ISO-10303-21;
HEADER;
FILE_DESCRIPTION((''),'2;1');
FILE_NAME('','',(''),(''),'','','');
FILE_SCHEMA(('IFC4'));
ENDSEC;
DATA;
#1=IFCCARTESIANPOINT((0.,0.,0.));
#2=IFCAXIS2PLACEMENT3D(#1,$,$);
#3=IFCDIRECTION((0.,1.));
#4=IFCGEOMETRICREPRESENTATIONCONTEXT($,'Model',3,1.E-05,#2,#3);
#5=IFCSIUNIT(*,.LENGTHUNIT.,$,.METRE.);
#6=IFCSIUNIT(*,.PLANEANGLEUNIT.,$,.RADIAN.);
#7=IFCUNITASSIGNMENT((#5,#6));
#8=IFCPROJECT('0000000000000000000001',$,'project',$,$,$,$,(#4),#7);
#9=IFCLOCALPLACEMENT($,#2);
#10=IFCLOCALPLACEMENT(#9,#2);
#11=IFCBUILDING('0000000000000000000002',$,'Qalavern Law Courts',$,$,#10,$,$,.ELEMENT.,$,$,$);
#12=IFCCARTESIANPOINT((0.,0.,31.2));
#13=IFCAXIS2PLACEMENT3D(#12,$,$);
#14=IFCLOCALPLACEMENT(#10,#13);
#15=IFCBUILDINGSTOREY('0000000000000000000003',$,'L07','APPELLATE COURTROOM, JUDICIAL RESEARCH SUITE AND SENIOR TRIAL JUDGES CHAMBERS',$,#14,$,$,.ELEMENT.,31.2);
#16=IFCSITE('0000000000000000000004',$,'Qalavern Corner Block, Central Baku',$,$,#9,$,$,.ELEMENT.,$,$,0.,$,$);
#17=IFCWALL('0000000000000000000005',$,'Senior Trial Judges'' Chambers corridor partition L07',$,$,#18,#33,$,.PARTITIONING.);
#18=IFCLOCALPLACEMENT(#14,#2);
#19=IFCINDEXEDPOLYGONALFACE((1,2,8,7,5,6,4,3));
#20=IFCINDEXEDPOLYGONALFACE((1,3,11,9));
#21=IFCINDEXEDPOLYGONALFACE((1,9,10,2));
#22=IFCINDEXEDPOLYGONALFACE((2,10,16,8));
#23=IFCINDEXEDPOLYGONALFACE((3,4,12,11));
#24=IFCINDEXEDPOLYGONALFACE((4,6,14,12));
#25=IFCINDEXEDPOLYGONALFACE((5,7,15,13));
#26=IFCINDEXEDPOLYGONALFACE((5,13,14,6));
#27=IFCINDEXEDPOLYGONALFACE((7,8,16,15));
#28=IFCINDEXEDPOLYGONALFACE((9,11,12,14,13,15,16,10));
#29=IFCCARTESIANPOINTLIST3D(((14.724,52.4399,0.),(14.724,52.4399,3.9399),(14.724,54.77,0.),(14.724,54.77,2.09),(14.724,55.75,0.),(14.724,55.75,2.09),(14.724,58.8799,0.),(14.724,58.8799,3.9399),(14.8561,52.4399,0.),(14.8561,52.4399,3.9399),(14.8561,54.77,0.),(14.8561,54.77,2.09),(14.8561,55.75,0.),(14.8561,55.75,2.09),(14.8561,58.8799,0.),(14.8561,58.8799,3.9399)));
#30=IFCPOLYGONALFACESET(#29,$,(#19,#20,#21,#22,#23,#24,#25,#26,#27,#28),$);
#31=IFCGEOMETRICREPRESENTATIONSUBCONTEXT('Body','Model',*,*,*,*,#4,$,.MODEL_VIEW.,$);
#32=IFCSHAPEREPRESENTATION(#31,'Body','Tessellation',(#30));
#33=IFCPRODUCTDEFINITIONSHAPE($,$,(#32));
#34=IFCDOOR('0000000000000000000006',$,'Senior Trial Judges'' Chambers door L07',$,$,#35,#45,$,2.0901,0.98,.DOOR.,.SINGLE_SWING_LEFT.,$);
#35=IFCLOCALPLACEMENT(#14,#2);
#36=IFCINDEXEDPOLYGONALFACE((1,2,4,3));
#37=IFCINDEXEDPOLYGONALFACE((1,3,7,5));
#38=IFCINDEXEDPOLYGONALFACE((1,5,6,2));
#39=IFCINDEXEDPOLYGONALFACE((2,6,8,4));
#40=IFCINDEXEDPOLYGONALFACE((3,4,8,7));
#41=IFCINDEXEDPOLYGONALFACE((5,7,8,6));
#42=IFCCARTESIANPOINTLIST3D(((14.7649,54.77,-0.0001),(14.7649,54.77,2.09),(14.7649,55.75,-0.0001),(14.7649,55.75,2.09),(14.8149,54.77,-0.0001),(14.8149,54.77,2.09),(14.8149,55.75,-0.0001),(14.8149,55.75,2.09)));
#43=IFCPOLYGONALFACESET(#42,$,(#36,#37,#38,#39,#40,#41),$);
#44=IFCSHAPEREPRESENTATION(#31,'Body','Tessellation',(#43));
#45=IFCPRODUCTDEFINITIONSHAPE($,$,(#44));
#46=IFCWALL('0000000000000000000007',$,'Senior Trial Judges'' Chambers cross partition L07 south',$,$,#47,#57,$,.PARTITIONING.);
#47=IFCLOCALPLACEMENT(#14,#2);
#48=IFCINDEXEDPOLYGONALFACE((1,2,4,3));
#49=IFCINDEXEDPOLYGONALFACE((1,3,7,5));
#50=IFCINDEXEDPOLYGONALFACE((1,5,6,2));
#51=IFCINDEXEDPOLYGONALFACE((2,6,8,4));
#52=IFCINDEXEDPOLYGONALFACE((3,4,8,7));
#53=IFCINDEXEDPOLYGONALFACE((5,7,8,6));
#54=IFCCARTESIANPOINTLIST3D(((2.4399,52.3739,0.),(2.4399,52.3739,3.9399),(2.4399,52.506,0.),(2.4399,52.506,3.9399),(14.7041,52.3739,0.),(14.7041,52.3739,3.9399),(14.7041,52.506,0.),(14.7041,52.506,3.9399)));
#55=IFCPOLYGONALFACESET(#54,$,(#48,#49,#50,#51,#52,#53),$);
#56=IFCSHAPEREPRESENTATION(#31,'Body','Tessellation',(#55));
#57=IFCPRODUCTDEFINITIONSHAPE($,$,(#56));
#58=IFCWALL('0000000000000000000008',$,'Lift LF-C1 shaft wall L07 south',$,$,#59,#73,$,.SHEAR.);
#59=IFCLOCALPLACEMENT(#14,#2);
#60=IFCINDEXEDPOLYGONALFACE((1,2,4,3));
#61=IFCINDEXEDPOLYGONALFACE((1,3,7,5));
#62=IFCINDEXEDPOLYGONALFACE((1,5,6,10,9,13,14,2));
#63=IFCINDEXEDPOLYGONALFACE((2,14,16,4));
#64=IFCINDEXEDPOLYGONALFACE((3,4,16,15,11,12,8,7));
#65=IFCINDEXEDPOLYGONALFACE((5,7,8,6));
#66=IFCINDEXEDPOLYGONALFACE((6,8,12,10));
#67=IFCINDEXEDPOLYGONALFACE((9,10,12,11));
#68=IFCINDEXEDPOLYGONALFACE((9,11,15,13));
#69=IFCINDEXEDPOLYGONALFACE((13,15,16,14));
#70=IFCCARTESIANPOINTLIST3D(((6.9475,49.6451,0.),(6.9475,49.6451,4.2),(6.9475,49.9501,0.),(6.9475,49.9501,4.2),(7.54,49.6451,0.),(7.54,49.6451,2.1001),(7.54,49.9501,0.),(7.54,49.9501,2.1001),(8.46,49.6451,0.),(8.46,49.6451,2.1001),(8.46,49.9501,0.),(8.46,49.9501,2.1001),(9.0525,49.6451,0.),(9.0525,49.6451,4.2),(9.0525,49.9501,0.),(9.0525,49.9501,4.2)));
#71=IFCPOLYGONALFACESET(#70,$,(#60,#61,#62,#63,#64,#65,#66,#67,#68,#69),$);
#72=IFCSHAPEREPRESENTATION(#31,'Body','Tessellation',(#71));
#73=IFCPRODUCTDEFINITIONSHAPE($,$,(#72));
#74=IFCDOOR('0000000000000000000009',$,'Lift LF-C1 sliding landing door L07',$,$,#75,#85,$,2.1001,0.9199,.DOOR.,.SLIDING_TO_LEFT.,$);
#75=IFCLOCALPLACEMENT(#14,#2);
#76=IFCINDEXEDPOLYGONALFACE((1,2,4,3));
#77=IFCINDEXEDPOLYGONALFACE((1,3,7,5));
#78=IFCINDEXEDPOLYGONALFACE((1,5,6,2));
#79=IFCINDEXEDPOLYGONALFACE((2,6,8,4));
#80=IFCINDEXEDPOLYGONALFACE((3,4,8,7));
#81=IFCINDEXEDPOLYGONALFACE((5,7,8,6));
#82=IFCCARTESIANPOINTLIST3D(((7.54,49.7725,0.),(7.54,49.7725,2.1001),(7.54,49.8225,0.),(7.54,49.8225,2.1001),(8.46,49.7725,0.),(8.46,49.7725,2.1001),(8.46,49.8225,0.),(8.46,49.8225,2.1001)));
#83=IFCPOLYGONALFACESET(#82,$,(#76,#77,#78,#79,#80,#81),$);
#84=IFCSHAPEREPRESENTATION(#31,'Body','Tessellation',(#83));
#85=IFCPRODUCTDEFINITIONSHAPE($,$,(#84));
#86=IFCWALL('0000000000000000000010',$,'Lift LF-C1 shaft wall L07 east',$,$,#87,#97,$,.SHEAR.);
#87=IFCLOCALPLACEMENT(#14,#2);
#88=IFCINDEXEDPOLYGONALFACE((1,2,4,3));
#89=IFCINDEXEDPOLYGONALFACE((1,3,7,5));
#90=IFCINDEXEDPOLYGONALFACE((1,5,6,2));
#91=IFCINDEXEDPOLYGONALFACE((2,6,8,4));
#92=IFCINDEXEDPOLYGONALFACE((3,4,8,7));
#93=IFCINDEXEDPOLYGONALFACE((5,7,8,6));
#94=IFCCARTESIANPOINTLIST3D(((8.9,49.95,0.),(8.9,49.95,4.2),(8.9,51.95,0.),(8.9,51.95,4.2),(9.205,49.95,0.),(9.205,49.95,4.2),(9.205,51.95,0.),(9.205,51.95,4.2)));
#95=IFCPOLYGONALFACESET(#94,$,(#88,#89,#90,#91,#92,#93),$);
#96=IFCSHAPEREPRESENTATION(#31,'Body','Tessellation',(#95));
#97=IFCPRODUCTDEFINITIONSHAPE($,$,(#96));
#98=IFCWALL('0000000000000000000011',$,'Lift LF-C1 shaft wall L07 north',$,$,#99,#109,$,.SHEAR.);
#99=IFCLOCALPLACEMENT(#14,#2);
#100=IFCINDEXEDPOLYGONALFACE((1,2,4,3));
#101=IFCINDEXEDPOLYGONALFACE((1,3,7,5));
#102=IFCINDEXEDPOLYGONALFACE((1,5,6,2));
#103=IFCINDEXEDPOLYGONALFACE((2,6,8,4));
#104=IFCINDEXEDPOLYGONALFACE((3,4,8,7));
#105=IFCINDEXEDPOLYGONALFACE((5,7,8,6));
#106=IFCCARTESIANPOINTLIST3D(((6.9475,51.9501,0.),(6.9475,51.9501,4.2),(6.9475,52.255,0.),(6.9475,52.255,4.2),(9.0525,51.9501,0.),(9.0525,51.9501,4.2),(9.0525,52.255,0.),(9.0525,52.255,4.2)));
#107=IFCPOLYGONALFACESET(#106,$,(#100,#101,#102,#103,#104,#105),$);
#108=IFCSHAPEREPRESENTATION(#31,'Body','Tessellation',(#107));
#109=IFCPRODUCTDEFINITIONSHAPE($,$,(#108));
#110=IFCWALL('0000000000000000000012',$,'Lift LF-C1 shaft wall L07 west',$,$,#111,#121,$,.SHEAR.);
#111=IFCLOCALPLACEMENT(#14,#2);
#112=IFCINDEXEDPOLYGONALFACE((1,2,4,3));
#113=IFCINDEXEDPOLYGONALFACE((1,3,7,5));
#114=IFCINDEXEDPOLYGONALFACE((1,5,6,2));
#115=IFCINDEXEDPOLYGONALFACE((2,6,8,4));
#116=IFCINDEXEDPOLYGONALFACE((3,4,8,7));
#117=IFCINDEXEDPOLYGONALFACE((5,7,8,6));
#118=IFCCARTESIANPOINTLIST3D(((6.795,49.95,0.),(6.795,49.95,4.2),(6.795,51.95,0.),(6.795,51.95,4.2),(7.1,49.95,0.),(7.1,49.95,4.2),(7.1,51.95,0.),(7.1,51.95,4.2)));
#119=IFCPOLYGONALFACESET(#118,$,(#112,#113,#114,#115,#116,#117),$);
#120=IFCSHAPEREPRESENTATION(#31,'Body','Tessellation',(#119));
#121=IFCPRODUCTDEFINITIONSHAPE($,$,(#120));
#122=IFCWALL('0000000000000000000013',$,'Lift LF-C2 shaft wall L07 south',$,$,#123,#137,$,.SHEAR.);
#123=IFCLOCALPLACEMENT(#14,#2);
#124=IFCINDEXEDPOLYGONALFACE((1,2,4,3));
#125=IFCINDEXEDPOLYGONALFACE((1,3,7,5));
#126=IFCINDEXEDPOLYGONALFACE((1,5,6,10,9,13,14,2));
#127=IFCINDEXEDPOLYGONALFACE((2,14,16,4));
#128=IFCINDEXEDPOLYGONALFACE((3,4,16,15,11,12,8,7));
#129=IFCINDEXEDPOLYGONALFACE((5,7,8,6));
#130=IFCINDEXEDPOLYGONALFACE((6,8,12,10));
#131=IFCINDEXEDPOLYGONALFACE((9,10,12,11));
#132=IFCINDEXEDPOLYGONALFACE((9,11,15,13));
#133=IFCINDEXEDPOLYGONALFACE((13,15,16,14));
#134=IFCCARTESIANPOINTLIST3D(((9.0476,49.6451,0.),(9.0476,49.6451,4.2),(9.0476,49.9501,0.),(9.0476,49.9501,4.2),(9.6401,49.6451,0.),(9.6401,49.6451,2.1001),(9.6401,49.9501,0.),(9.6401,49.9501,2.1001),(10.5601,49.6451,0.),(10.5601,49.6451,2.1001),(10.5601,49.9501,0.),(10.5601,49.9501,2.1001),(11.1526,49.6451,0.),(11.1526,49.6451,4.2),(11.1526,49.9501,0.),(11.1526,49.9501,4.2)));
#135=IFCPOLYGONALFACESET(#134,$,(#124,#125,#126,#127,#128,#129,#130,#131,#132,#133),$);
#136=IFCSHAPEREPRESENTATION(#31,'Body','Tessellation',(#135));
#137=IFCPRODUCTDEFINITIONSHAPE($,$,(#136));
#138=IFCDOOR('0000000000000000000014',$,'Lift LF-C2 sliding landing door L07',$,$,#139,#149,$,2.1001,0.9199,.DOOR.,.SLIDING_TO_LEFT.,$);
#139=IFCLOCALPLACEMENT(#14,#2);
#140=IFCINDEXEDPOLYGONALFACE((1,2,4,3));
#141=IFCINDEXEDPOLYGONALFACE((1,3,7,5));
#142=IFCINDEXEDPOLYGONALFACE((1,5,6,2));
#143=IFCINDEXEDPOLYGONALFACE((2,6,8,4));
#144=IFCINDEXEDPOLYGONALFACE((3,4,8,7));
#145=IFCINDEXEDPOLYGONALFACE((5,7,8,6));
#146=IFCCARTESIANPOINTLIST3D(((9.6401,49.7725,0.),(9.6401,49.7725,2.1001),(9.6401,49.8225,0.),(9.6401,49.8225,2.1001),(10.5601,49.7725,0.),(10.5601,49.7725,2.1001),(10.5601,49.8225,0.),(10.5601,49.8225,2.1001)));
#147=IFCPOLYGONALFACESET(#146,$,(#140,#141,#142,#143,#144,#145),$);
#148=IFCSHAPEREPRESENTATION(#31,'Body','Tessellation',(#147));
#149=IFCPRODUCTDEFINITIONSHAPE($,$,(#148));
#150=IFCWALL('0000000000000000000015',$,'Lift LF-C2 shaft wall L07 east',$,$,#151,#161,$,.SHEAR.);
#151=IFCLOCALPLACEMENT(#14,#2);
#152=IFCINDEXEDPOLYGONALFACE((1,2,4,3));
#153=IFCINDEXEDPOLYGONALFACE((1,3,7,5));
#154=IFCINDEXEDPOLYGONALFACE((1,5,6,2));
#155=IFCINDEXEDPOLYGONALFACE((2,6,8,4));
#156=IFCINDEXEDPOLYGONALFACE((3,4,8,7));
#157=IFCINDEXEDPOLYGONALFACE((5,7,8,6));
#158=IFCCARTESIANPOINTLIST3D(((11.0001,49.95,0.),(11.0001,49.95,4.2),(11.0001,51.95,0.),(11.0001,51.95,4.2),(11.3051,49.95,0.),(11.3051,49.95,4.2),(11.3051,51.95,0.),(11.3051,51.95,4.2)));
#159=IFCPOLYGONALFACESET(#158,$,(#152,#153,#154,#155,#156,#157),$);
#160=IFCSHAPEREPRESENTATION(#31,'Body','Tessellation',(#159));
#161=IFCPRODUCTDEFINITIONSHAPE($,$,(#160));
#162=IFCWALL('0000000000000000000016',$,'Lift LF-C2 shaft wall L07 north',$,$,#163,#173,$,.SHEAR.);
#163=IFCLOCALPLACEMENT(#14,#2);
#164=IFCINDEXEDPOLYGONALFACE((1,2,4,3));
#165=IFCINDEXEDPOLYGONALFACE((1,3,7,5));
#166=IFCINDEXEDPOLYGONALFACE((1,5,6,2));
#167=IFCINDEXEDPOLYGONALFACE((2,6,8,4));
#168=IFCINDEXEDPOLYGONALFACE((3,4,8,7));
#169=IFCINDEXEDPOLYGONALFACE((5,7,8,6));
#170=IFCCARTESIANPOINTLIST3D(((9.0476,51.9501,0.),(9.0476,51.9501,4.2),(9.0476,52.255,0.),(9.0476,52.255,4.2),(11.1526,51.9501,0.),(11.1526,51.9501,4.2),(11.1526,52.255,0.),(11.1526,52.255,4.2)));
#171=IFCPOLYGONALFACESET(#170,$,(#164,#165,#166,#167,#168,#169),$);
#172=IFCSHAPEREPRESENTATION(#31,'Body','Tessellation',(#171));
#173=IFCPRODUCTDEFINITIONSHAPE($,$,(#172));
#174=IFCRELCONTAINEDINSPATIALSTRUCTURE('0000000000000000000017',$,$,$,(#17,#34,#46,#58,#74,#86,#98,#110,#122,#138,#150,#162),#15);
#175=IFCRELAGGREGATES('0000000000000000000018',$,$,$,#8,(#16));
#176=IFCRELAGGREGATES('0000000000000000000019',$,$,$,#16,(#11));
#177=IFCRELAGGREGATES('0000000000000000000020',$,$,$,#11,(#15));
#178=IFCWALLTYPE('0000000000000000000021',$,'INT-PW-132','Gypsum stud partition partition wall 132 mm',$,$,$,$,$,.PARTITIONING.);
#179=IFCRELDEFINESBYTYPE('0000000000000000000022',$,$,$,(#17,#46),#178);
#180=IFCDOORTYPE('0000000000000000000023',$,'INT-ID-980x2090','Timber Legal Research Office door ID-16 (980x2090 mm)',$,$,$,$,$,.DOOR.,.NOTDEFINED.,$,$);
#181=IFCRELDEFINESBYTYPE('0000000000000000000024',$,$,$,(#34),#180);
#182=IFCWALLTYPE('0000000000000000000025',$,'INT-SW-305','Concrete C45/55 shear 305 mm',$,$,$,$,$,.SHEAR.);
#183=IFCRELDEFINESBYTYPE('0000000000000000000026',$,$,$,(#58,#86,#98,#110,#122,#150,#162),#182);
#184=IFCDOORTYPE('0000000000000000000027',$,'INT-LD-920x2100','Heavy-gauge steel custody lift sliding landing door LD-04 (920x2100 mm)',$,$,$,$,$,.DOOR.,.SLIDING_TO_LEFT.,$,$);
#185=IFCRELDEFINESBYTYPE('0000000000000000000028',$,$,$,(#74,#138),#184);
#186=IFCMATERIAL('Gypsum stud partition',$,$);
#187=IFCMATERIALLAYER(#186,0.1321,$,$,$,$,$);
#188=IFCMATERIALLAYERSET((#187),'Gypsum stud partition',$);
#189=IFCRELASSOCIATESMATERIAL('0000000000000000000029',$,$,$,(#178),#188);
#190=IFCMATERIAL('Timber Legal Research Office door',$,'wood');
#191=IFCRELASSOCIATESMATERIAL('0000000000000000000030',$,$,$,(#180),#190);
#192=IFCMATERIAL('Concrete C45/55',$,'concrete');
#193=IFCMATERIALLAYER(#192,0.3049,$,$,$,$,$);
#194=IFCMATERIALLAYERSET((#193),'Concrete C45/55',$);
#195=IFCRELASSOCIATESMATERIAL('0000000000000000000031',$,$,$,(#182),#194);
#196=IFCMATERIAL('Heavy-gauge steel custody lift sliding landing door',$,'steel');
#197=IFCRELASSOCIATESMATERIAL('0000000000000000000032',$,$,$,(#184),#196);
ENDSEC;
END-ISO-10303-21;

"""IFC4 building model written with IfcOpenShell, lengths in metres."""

from ifc_helpers import new_model, si_unit, direction, frame, frame_2d, origin, place, context, subcontext, project, spatial, rectangle, extrude, material, layer, layer_set, type_object, element, fill, save


model = new_model("IFC4")

# Units and contexts
model_context = context("Model", 3, precision=1e-05, world=origin(), true_north=direction((0.0, 1.0)))
body_context = subcontext(model_context, "Body", "Model", "MODEL_VIEW")
ifc_project = project(units=[si_unit("LENGTHUNIT", "METRE"), si_unit("PLANEANGLEUNIT", "RADIAN")], contexts=[model_context])

# Site, building, storey
site_placement = place(None, origin())
site = spatial("IfcSite", under=ifc_project, at=site_placement, Name="Qalavern Corner Block, Central Baku", CompositionType="ELEMENT", RefElevation=0.0)
building_placement = place(site_placement, origin())
building = spatial("IfcBuilding", under=site, at=building_placement, Name="Qalavern Law Courts", CompositionType="ELEMENT")
storey_placement = place(building_placement, frame((0.0, 0.0, 31.2)))
storey = spatial("IfcBuildingStorey", under=building, at=storey_placement, Name="L07", Description="APPELLATE COURTROOM, JUDICIAL RESEARCH SUITE AND SENIOR TRIAL JUDGES CHAMBERS", CompositionType="ELEMENT", Elevation=31.2)

# Shared definitions
ifc_material_1 = material(Name="Concrete C45/55", Category="concrete")

# Wall, opening, door
ifc_material_2 = material(Name="Gypsum stud partition")
ifc_layer_1 = layer(ifc_material_2, 0.1321)
ifc_layer_set_1 = layer_set([ifc_layer_1], Name="Gypsum stud partition")
wall_type_1 = type_object("IfcWallType", Name="INT-PW-132", Description="Gypsum stud partition partition wall 132 mm", PredefinedType="PARTITIONING", material=ifc_layer_set_1)
wall_1_placement = place(storey_placement, frame((14.79, 52.4399, 0.0), z_axis=(0.0, 0.0, 1.0), x_axis=(0.0, 1.0, 0.0)))
wall_1 = element("IfcWall", 1, at=wall_1_placement, inside=storey, type_object=wall_type_1, Name="Senior Trial Judges' Chambers corridor partition L07", PredefinedType="PARTITIONING", context=body_context, shape_type="SweptSolid", body=[
    extrude(rectangle(XDim=6.4399, YDim=0.1321, at=frame_2d((3.22, 0.0))), origin(), (0.0, 0.0, 1.0), 3.9399),
])
opening_1_placement = place(wall_1_placement, frame((2.3301, 0.0, 0.0)))
opening_1 = element("IfcOpeningElement", 2, at=opening_1_placement, cuts=wall_1, PredefinedType="OPENING", context=body_context, shape_type="SweptSolid", body=[
    extrude(rectangle(XDim=0.98, YDim=2.0901, at=frame_2d((0.49, 1.0449))), frame((0.0, 0.0811, 0.0), z_axis=(0.0, -1.0, 0.0), x_axis=(1.0, 0.0, 0.0)), (0.0, 0.0, 1.0), 0.1619),
])
ifc_material_3 = material(Name="Timber Legal Research Office door", Category="wood")
door_type_1 = type_object("IfcDoorType", Name="INT-ID-980x2090", Description="Timber Legal Research Office door ID-16 (980x2090 mm)", OperationType="NOTDEFINED", PredefinedType="DOOR", material=ifc_material_3)
door_1_placement = place(opening_1_placement, frame((0.98, 0.0, 0.0), z_axis=(0.0, 0.0, 1.0), x_axis=(-1.0, 0.0, 0.0)))
door_1 = element("IfcDoor", 3, at=door_1_placement, inside=storey, type_object=door_type_1, Name="Senior Trial Judges' Chambers door L07", OperationType="SINGLE_SWING_LEFT", OverallHeight=2.0901, OverallWidth=0.98, PredefinedType="DOOR", context=body_context, shape_type="SweptSolid", body=[
    extrude(rectangle(XDim=0.98, YDim=2.0901, at=frame_2d((0.49, 1.0449))), frame((0.0, 0.0249, 0.0), z_axis=(0.0, -1.0, 0.0), x_axis=(1.0, 0.0, 0.0)), (0.0, 0.0, 1.0), 0.05),
])
fill(opening_1, door_1)

# Wall
wall_2_placement = place(storey_placement, frame((2.4399, 52.4399, 0.0), z_axis=(0.0, 0.0, 1.0), x_axis=(1.0, 0.0, 0.0)))
element("IfcWall", 4, at=wall_2_placement, inside=storey, type_object=wall_type_1, Name="Senior Trial Judges' Chambers cross partition L07 south", PredefinedType="PARTITIONING", context=body_context, shape_type="SweptSolid", body=[
    extrude(rectangle(XDim=12.2642, YDim=0.1321, at=frame_2d((6.1321, 0.0))), origin(), (0.0, 0.0, 1.0), 3.9399),
])

# Wall, opening, door
ifc_layer_2 = layer(ifc_material_1, 0.3049)
ifc_layer_set_2 = layer_set([ifc_layer_2], Name="Concrete C45/55")
wall_type_2 = type_object("IfcWallType", Name="INT-SW-305", Description="Concrete C45/55 shear 305 mm", PredefinedType="SHEAR", material=ifc_layer_set_2)
wall_3_placement = place(storey_placement, frame((6.9475, 49.7976, 0.0), z_axis=(0.0, 0.0, 1.0), x_axis=(1.0, 0.0, 0.0)))
wall_3 = element("IfcWall", 5, at=wall_3_placement, inside=storey, type_object=wall_type_2, Name="Lift LF-C1 shaft wall L07 south", PredefinedType="SHEAR", context=body_context, shape_type="SweptSolid", body=[
    extrude(rectangle(XDim=2.105, YDim=0.3049, at=frame_2d((1.0525, 0.0))), origin(), (0.0, 0.0, 1.0), 4.2),
])
opening_2_placement = place(wall_3_placement, frame((0.5925, 0.0, 0.0)))
opening_2 = element("IfcOpeningElement", 6, at=opening_2_placement, cuts=wall_3, PredefinedType="OPENING", context=body_context, shape_type="SweptSolid", body=[
    extrude(rectangle(XDim=0.9199, YDim=2.1001, at=frame_2d((0.46, 1.05))), frame((0.0, 0.1675, 0.0), z_axis=(0.0, -1.0, 0.0), x_axis=(1.0, 0.0, 0.0)), (0.0, 0.0, 1.0), 0.3347),
])
ifc_material_4 = material(Name="Heavy-gauge steel custody lift sliding landing door", Category="steel")
door_type_2 = type_object("IfcDoorType", Name="INT-LD-920x2100", Description="Heavy-gauge steel custody lift sliding landing door LD-04 (920x2100 mm)", OperationType="SLIDING_TO_LEFT", PredefinedType="DOOR", material=ifc_material_4)
door_2_placement = place(opening_2_placement, origin())
door_2 = element("IfcDoor", 7, at=door_2_placement, inside=storey, type_object=door_type_2, Name="Lift LF-C1 sliding landing door L07", OperationType="SLIDING_TO_LEFT", OverallHeight=2.1001, OverallWidth=0.9199, PredefinedType="DOOR", context=body_context, shape_type="SweptSolid", body=[
    extrude(rectangle(XDim=0.9199, YDim=2.1001, at=frame_2d((0.46, 1.05))), frame((0.0, 0.0249, 0.0), z_axis=(0.0, -1.0, 0.0), x_axis=(1.0, 0.0, 0.0)), (0.0, 0.0, 1.0), 0.05),
])
fill(opening_2, door_2)

# Walls
wall_4_placement = place(storey_placement, frame((9.0525, 49.95, 0.0), z_axis=(0.0, 0.0, 1.0), x_axis=(0.0, 1.0, 0.0)))
element("IfcWall", 8, at=wall_4_placement, inside=storey, type_object=wall_type_2, Name="Lift LF-C1 shaft wall L07 east", PredefinedType="SHEAR", context=body_context, shape_type="SweptSolid", body=[
    extrude(rectangle(XDim=2.0, YDim=0.3049, at=frame_2d((1.0, 0.0))), origin(), (0.0, 0.0, 1.0), 4.2),
])
wall_5_placement = place(storey_placement, frame((9.0525, 52.1025, 0.0), z_axis=(0.0, 0.0, 1.0), x_axis=(-1.0, 0.0, 0.0)))
element("IfcWall", 9, at=wall_5_placement, inside=storey, type_object=wall_type_2, Name="Lift LF-C1 shaft wall L07 north", PredefinedType="SHEAR", context=body_context, shape_type="SweptSolid", body=[
    extrude(rectangle(XDim=2.105, YDim=0.3049, at=frame_2d((1.0525, 0.0))), origin(), (0.0, 0.0, 1.0), 4.2),
])
wall_6_placement = place(storey_placement, frame((6.9475, 51.95, 0.0), z_axis=(0.0, 0.0, 1.0), x_axis=(0.0, -1.0, 0.0)))
element("IfcWall", 10, at=wall_6_placement, inside=storey, type_object=wall_type_2, Name="Lift LF-C1 shaft wall L07 west", PredefinedType="SHEAR", context=body_context, shape_type="SweptSolid", body=[
    extrude(rectangle(XDim=2.0, YDim=0.3049, at=frame_2d((1.0, 0.0))), origin(), (0.0, 0.0, 1.0), 4.2),
])

# Wall, opening, door
wall_7_placement = place(storey_placement, frame((9.0476, 49.7976, 0.0), z_axis=(0.0, 0.0, 1.0), x_axis=(1.0, 0.0, 0.0)))
wall_7 = element("IfcWall", 11, at=wall_7_placement, inside=storey, type_object=wall_type_2, Name="Lift LF-C2 shaft wall L07 south", PredefinedType="SHEAR", context=body_context, shape_type="SweptSolid", body=[
    extrude(rectangle(XDim=2.105, YDim=0.3049, at=frame_2d((1.0525, 0.0))), origin(), (0.0, 0.0, 1.0), 4.2),
])
opening_3_placement = place(wall_7_placement, frame((0.5925, 0.0, 0.0)))
opening_3 = element("IfcOpeningElement", 12, at=opening_3_placement, cuts=wall_7, PredefinedType="OPENING", context=body_context, shape_type="SweptSolid", body=[
    extrude(rectangle(XDim=0.9199, YDim=2.1001, at=frame_2d((0.46, 1.05))), frame((0.0, 0.1675, 0.0), z_axis=(0.0, -1.0, 0.0), x_axis=(1.0, 0.0, 0.0)), (0.0, 0.0, 1.0), 0.3347),
])
door_3_placement = place(opening_3_placement, origin())
door_3 = element("IfcDoor", 13, at=door_3_placement, inside=storey, type_object=door_type_2, Name="Lift LF-C2 sliding landing door L07", OperationType="SLIDING_TO_LEFT", OverallHeight=2.1001, OverallWidth=0.9199, PredefinedType="DOOR", context=body_context, shape_type="SweptSolid", body=[
    extrude(rectangle(XDim=0.9199, YDim=2.1001, at=frame_2d((0.46, 1.05))), frame((0.0, 0.0249, 0.0), z_axis=(0.0, -1.0, 0.0), x_axis=(1.0, 0.0, 0.0)), (0.0, 0.0, 1.0), 0.05),
])
fill(opening_3, door_3)

# Walls
wall_8_placement = place(storey_placement, frame((11.1526, 49.95, 0.0), z_axis=(0.0, 0.0, 1.0), x_axis=(0.0, 1.0, 0.0)))
element("IfcWall", 14, at=wall_8_placement, inside=storey, type_object=wall_type_2, Name="Lift LF-C2 shaft wall L07 east", PredefinedType="SHEAR", context=body_context, shape_type="SweptSolid", body=[
    extrude(rectangle(XDim=2.0, YDim=0.3049, at=frame_2d((1.0, 0.0))), origin(), (0.0, 0.0, 1.0), 4.2),
])
wall_9_placement = place(storey_placement, frame((11.1526, 52.1025, 0.0), z_axis=(0.0, 0.0, 1.0), x_axis=(-1.0, 0.0, 0.0)))
element("IfcWall", 15, at=wall_9_placement, inside=storey, type_object=wall_type_2, Name="Lift LF-C2 shaft wall L07 north", PredefinedType="SHEAR", context=body_context, shape_type="SweptSolid", body=[
    extrude(rectangle(XDim=2.105, YDim=0.3049, at=frame_2d((1.0525, 0.0))), origin(), (0.0, 0.0, 1.0), 4.2),
])

save(model, "model.ifc")
